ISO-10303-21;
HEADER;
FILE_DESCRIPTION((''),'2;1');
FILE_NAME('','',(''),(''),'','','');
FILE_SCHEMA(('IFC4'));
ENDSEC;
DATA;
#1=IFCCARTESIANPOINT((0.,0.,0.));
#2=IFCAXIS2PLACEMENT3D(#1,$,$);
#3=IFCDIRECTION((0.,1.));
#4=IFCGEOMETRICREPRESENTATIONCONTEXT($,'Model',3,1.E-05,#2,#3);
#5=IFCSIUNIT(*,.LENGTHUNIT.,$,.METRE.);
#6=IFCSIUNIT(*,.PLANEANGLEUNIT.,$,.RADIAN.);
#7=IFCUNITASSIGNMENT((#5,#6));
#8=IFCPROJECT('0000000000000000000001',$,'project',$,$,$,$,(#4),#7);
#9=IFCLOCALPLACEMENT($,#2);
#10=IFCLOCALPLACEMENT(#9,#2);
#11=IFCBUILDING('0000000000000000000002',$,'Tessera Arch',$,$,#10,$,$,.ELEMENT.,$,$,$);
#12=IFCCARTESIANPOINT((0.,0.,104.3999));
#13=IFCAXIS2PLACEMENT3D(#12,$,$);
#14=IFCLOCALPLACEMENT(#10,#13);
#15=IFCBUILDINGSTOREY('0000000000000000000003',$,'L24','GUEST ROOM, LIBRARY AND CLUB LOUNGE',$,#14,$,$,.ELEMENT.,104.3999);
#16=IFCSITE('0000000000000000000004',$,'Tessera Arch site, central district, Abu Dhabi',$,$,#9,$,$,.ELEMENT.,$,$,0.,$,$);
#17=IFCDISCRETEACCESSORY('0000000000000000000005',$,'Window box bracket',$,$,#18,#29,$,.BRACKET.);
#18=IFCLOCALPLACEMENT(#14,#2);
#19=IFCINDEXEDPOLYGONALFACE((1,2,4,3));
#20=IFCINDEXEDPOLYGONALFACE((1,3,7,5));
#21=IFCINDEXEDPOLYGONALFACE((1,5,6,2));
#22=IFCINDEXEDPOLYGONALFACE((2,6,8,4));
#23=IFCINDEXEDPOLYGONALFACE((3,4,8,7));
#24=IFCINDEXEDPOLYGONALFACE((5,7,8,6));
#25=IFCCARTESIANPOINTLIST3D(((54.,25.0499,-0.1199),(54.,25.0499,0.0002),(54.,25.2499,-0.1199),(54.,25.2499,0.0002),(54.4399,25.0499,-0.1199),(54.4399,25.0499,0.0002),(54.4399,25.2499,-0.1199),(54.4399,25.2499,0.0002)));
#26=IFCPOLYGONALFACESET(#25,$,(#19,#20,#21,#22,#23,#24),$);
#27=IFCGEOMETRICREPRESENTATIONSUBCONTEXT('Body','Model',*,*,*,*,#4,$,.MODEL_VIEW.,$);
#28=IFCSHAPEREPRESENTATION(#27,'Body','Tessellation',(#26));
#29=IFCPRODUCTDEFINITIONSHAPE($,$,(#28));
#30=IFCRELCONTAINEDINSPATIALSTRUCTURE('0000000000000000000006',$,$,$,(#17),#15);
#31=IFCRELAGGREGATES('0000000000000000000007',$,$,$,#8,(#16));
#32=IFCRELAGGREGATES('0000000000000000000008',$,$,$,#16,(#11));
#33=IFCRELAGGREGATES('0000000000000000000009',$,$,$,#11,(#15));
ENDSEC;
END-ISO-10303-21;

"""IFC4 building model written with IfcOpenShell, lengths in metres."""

from ifc_helpers import new_model, si_unit, direction, frame, origin, origin_2d, place, context, subcontext, project, spatial, rectangle, extrude, element, save


model = new_model("IFC4")

# Units and contexts
model_context = context("Model", 3, precision=1e-05, world=origin(), true_north=direction((0.0, 1.0)))
body_context = subcontext(model_context, "Body", "Model", "MODEL_VIEW")
ifc_project = project(units=[si_unit("LENGTHUNIT", "METRE"), si_unit("PLANEANGLEUNIT", "RADIAN")], contexts=[model_context])

# Site, building, storey
site_placement = place(None, origin())
site = spatial("IfcSite", under=ifc_project, at=site_placement, Name="Tessera Arch site, central district, Abu Dhabi", CompositionType="ELEMENT", RefElevation=0.0)
building_placement = place(site_placement, origin())
building = spatial("IfcBuilding", under=site, at=building_placement, Name="Tessera Arch", CompositionType="ELEMENT")
storey_placement = place(building_placement, frame((0.0, 0.0, 104.3999)))
storey = spatial("IfcBuildingStorey", under=building, at=storey_placement, Name="L24", Description="GUEST ROOM, LIBRARY AND CLUB LOUNGE", CompositionType="ELEMENT", Elevation=104.3999)

# Discrete accessory
for number, where, z_axis, x_axis, name in (
    (1, (54.22, 25.1499, -0.1199), (0.0, 0.0, 1.0), (1.0, 0.0, 0.0), "Window box bracket"),
):
    element("IfcDiscreteAccessory", number, at=place(storey_placement, frame(where, z_axis=z_axis, x_axis=x_axis)), inside=storey, Name=name, PredefinedType="BRACKET", context=body_context, shape_type="SweptSolid", body=[
        extrude(rectangle(XDim=0.4399, YDim=0.2, at=origin_2d()), origin(), (0.0, 0.0, 1.0), 0.1201),
    ])

save(model, "model.ifc")
